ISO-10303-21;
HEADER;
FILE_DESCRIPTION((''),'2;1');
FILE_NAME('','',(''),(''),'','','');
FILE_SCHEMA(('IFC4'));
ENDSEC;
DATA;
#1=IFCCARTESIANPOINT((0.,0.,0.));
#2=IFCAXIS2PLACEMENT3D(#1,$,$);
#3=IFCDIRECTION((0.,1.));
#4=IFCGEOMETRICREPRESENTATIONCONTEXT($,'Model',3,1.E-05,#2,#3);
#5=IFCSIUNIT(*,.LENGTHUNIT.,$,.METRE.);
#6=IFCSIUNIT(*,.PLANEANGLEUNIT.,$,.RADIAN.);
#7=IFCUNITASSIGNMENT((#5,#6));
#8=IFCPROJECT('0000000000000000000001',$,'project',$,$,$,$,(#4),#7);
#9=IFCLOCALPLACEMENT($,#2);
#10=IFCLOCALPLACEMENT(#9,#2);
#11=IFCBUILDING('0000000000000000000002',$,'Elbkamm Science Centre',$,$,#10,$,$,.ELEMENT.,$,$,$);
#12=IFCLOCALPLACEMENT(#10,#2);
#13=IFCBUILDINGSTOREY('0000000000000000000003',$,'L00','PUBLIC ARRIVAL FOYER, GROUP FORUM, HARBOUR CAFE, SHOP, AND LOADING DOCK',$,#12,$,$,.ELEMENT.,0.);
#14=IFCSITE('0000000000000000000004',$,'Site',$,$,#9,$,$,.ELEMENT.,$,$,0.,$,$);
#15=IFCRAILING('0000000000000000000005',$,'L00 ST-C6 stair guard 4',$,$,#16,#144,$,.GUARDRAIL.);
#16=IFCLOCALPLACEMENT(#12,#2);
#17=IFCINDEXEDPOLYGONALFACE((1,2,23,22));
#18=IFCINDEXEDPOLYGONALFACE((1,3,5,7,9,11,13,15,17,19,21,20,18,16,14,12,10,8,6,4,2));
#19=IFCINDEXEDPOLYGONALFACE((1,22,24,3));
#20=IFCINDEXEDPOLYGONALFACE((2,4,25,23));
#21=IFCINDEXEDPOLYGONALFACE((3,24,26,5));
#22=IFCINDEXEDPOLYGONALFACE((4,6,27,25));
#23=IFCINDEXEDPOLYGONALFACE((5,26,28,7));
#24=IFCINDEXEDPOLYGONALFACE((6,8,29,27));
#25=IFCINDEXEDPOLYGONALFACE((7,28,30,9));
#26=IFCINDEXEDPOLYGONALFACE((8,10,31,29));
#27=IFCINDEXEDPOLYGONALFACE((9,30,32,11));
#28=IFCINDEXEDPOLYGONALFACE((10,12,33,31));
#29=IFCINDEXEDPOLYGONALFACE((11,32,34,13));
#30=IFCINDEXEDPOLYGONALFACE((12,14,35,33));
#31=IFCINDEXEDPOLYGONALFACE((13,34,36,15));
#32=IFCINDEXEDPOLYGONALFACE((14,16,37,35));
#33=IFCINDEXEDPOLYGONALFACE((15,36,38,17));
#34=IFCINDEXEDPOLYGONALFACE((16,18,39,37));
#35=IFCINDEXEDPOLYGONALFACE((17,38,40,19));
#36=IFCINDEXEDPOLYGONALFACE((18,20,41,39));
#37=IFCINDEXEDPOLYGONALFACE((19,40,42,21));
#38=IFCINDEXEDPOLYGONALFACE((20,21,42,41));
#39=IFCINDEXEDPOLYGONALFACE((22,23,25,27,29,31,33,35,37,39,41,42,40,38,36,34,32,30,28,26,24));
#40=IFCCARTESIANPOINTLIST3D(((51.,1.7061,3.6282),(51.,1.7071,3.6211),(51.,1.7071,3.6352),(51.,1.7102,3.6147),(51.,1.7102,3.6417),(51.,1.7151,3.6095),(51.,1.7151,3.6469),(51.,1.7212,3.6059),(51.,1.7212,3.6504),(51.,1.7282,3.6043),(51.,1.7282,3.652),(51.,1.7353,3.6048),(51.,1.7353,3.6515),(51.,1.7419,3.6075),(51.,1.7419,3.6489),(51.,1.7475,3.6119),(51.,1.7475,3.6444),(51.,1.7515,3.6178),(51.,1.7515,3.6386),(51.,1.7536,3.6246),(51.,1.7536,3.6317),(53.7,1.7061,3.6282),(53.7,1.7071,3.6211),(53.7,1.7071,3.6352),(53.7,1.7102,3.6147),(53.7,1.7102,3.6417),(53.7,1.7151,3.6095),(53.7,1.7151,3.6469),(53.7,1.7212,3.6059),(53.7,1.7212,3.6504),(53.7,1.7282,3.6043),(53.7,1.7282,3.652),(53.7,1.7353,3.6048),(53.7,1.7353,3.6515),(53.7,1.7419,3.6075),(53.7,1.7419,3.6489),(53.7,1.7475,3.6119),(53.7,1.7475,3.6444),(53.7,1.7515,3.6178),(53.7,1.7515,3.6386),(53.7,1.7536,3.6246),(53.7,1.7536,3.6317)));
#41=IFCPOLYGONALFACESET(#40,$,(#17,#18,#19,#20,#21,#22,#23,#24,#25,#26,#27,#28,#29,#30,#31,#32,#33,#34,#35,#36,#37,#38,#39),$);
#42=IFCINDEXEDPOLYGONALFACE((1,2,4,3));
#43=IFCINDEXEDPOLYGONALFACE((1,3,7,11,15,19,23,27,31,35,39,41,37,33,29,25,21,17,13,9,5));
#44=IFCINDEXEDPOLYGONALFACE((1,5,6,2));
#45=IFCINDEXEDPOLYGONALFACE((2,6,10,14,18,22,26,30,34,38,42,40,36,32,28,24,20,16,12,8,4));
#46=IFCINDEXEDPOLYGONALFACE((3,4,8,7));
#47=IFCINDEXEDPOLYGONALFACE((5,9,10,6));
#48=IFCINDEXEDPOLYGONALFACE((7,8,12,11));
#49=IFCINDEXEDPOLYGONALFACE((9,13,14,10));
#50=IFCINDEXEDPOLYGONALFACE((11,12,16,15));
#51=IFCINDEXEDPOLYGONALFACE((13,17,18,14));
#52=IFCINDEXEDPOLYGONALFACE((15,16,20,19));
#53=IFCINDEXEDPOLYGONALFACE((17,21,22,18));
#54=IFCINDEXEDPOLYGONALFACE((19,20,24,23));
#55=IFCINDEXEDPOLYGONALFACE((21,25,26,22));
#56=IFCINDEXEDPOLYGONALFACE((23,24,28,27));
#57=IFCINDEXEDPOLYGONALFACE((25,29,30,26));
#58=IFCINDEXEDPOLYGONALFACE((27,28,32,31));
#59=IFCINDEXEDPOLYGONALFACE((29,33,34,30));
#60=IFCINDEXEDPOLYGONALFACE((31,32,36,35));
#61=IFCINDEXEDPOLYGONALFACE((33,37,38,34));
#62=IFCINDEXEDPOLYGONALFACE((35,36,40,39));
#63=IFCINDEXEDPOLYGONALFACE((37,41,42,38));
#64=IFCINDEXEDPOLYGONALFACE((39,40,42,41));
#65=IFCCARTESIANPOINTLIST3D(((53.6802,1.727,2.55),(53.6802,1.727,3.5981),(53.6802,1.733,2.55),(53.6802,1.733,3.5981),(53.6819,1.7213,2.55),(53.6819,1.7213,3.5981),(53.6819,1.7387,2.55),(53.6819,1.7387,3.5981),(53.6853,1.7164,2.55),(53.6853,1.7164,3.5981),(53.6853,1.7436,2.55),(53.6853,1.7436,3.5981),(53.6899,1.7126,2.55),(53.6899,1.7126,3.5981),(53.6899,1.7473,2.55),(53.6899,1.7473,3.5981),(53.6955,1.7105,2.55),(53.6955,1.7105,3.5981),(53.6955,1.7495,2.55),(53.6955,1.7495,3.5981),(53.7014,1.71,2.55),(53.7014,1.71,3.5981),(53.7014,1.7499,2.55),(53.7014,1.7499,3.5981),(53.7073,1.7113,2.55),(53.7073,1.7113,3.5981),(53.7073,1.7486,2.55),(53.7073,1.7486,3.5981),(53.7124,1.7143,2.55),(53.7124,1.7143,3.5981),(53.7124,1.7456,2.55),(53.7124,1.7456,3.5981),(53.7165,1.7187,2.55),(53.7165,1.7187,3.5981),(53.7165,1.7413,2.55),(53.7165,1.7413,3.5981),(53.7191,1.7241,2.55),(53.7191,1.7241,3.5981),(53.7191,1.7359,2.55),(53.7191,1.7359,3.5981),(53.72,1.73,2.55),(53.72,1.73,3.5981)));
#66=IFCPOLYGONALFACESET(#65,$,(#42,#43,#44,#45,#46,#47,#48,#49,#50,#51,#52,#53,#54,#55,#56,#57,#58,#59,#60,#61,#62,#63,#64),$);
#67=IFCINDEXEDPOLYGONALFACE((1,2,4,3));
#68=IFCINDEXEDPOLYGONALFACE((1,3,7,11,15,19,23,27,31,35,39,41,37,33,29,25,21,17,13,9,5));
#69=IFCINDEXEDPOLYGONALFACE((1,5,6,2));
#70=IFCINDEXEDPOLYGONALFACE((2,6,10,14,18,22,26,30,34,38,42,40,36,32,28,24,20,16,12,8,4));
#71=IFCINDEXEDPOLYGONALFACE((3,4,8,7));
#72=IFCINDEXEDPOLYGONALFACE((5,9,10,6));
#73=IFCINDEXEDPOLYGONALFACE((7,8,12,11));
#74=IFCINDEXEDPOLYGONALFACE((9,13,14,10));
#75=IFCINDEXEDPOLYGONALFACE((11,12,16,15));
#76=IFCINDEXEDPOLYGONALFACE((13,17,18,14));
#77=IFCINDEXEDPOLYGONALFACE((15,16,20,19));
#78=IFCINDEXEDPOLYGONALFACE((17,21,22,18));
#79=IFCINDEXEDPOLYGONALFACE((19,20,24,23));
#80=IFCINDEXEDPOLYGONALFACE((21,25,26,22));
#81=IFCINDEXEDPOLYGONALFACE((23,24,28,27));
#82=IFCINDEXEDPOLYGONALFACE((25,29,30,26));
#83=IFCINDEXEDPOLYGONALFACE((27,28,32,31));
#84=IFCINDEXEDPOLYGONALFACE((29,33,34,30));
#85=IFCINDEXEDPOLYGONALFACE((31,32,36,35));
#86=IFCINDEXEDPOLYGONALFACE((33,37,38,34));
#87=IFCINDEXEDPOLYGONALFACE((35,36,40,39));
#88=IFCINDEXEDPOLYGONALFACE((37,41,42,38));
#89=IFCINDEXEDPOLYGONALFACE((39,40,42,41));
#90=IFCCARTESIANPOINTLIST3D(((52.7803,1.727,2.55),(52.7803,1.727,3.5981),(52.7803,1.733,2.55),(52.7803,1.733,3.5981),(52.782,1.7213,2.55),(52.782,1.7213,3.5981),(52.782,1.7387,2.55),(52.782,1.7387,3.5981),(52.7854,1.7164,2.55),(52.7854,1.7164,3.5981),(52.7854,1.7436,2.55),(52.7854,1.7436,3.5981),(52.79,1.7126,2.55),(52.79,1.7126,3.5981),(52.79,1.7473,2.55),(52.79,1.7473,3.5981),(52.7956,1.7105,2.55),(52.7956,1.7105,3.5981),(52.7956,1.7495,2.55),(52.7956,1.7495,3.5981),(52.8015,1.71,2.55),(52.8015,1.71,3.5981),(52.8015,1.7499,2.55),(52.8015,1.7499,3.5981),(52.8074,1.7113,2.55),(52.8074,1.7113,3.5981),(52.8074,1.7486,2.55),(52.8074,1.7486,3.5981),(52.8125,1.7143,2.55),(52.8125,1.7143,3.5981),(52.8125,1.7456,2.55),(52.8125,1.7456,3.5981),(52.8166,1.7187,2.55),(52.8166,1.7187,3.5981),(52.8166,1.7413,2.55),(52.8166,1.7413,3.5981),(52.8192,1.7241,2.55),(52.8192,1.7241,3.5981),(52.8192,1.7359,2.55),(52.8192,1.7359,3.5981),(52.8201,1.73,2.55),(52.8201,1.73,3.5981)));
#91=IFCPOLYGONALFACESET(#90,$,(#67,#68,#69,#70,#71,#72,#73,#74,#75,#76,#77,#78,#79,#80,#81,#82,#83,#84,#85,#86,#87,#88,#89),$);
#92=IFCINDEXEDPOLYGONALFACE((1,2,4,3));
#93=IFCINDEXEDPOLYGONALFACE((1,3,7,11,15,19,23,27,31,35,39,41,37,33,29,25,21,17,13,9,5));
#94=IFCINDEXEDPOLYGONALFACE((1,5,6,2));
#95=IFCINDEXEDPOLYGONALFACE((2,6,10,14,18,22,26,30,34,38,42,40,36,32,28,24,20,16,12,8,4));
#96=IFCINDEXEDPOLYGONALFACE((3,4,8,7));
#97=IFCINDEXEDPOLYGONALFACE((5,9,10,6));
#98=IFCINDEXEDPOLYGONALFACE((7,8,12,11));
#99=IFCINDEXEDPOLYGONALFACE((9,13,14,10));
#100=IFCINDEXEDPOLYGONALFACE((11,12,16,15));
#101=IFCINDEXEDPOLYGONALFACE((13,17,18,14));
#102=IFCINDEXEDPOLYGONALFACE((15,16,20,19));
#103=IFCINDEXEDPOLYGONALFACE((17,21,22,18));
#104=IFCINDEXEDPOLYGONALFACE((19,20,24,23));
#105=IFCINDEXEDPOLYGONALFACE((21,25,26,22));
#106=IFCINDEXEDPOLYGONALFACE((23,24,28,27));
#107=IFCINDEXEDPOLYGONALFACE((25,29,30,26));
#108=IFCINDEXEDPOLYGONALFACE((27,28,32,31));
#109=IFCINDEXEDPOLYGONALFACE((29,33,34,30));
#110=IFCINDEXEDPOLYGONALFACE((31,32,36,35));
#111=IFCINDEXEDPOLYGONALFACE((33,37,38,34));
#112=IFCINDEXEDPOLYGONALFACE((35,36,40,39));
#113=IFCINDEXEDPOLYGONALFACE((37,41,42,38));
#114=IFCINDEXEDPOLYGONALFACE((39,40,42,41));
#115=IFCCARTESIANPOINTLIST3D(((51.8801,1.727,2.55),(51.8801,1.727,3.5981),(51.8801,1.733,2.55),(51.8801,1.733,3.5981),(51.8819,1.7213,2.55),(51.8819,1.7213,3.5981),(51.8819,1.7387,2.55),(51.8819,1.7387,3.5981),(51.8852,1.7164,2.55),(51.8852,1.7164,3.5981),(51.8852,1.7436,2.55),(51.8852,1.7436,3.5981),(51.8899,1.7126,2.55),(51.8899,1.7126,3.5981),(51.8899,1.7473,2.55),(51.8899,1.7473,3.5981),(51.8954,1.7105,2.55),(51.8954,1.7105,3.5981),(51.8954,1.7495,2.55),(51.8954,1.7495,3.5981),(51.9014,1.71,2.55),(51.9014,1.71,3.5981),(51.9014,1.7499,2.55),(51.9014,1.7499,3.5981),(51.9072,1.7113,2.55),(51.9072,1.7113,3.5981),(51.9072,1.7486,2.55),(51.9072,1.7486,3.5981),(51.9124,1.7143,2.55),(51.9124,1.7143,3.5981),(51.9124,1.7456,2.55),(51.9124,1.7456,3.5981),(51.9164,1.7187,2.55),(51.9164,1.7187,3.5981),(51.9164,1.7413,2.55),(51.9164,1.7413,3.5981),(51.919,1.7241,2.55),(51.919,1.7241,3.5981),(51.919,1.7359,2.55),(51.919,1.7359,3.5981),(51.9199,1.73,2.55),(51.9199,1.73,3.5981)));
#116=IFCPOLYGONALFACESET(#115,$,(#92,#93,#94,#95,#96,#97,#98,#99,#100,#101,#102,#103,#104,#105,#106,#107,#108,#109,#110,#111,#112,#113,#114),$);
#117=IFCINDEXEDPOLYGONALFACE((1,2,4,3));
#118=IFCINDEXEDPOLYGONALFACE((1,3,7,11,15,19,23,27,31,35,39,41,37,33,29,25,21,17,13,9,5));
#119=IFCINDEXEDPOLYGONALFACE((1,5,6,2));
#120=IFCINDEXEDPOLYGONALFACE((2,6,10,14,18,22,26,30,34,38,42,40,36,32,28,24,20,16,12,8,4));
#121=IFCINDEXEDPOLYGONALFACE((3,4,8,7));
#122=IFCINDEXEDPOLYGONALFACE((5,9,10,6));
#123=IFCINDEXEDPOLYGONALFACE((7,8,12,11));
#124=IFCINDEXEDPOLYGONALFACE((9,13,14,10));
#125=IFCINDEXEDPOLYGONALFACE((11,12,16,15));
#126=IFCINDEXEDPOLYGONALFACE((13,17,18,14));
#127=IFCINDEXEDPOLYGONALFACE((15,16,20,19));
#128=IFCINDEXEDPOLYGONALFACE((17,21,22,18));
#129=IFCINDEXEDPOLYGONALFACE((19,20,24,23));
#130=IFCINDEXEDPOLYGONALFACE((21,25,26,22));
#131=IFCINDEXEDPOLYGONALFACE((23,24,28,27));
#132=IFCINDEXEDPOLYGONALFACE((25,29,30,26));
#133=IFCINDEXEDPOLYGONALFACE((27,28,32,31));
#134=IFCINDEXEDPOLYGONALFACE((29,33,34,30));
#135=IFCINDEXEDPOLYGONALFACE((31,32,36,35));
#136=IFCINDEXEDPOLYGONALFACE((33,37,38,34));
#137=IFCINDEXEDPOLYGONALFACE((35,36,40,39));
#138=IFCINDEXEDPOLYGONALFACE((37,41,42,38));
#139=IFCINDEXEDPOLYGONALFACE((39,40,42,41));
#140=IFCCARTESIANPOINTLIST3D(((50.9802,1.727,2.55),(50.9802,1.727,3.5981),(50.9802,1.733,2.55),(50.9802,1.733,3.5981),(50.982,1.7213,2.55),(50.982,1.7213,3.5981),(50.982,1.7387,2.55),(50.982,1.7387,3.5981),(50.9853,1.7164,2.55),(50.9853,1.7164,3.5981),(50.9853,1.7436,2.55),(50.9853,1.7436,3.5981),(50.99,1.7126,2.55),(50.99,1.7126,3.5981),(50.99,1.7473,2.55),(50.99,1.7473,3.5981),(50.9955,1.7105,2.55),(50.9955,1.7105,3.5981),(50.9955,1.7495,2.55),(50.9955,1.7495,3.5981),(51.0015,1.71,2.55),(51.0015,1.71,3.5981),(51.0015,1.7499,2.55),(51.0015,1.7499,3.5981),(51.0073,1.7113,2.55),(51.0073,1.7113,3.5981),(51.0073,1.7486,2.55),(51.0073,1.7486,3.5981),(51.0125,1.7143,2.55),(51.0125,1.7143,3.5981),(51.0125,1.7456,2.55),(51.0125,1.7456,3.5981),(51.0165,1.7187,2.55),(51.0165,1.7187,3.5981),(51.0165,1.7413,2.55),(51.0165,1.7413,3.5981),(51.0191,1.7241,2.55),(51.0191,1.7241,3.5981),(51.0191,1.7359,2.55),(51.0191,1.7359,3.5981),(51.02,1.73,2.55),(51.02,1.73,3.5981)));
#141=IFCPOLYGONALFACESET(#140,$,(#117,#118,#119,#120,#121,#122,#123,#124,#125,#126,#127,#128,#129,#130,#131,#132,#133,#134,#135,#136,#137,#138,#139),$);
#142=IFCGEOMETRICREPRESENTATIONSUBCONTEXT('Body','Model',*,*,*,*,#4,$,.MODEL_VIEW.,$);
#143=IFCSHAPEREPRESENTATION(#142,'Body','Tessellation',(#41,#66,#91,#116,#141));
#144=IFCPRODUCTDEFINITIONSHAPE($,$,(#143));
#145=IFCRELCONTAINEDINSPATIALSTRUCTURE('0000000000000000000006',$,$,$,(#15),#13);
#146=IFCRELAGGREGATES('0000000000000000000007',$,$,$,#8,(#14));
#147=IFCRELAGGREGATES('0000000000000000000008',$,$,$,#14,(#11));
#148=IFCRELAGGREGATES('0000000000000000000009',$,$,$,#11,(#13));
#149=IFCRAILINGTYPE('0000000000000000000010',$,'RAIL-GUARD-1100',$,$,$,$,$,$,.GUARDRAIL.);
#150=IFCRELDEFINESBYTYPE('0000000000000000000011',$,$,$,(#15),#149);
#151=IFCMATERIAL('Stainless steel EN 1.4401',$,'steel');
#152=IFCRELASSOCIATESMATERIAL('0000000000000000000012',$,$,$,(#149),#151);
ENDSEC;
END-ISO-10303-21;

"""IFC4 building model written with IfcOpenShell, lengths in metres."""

from ifc_helpers import new_model, si_unit, direction, frame, origin, origin_2d, place, context, subcontext, project, spatial, circle, extrude, material, type_object, element, save


model = new_model("IFC4")

# Units and contexts
model_context = context("Model", 3, precision=1e-05, world=origin(), true_north=direction((0.0, 1.0)))
body_context = subcontext(model_context, "Body", "Model", "MODEL_VIEW")
ifc_project = project(units=[si_unit("LENGTHUNIT", "METRE"), si_unit("PLANEANGLEUNIT", "RADIAN")], contexts=[model_context])

# Site, building, storey
site_placement = place(None, origin())
site = spatial("IfcSite", under=ifc_project, at=site_placement, Name="Site", CompositionType="ELEMENT", RefElevation=0.0)
building_placement = place(site_placement, origin())
building = spatial("IfcBuilding", under=site, at=building_placement, Name="Elbkamm Science Centre", CompositionType="ELEMENT")
storey_placement = place(building_placement, origin())
storey = spatial("IfcBuildingStorey", under=building, at=storey_placement, Name="L00", Description="PUBLIC ARRIVAL FOYER, GROUP FORUM, HARBOUR CAFE, SHOP, AND LOADING DOCK", CompositionType="ELEMENT", Elevation=0.0)

# Railing
ifc_material_1 = material(Name="Stainless steel EN 1.4401", Category="steel")
railing_type_1 = type_object("IfcRailingType", Name="RAIL-GUARD-1100", PredefinedType="GUARDRAIL", material=ifc_material_1)
for number, where, name in (
    (1, (53.7, 1.73, 2.55), "L00 ST-C6 stair guard 4"),
):
    element("IfcRailing", number, at=place(storey_placement, frame(where)), inside=storey, type_object=railing_type_1, Name=name, PredefinedType="GUARDRAIL", context=body_context, shape_type="SweptSolid", body=[
        extrude(circle(Radius=0.0239, at=origin_2d()), frame((0.0, 0.0, 1.0781), z_axis=(-1.0, 0.0, 0.0), x_axis=(0.0, -1.0, 0.0)), (0.0, 0.0, 1.0), 2.7),
        extrude(circle(Radius=0.02, at=origin_2d()), origin(), (0.0, 0.0, 1.0), 1.0481),
        extrude(circle(Radius=0.02, at=origin_2d()), frame((-0.8999, 0.0, 0.0)), (0.0, 0.0, 1.0), 1.0481),
        extrude(circle(Radius=0.02, at=origin_2d()), frame((-1.8, 0.0, 0.0)), (0.0, 0.0, 1.0), 1.0481),
        extrude(circle(Radius=0.02, at=origin_2d()), frame((-2.7, 0.0, 0.0)), (0.0, 0.0, 1.0), 1.0481),
    ])

save(model, "model.ifc")
